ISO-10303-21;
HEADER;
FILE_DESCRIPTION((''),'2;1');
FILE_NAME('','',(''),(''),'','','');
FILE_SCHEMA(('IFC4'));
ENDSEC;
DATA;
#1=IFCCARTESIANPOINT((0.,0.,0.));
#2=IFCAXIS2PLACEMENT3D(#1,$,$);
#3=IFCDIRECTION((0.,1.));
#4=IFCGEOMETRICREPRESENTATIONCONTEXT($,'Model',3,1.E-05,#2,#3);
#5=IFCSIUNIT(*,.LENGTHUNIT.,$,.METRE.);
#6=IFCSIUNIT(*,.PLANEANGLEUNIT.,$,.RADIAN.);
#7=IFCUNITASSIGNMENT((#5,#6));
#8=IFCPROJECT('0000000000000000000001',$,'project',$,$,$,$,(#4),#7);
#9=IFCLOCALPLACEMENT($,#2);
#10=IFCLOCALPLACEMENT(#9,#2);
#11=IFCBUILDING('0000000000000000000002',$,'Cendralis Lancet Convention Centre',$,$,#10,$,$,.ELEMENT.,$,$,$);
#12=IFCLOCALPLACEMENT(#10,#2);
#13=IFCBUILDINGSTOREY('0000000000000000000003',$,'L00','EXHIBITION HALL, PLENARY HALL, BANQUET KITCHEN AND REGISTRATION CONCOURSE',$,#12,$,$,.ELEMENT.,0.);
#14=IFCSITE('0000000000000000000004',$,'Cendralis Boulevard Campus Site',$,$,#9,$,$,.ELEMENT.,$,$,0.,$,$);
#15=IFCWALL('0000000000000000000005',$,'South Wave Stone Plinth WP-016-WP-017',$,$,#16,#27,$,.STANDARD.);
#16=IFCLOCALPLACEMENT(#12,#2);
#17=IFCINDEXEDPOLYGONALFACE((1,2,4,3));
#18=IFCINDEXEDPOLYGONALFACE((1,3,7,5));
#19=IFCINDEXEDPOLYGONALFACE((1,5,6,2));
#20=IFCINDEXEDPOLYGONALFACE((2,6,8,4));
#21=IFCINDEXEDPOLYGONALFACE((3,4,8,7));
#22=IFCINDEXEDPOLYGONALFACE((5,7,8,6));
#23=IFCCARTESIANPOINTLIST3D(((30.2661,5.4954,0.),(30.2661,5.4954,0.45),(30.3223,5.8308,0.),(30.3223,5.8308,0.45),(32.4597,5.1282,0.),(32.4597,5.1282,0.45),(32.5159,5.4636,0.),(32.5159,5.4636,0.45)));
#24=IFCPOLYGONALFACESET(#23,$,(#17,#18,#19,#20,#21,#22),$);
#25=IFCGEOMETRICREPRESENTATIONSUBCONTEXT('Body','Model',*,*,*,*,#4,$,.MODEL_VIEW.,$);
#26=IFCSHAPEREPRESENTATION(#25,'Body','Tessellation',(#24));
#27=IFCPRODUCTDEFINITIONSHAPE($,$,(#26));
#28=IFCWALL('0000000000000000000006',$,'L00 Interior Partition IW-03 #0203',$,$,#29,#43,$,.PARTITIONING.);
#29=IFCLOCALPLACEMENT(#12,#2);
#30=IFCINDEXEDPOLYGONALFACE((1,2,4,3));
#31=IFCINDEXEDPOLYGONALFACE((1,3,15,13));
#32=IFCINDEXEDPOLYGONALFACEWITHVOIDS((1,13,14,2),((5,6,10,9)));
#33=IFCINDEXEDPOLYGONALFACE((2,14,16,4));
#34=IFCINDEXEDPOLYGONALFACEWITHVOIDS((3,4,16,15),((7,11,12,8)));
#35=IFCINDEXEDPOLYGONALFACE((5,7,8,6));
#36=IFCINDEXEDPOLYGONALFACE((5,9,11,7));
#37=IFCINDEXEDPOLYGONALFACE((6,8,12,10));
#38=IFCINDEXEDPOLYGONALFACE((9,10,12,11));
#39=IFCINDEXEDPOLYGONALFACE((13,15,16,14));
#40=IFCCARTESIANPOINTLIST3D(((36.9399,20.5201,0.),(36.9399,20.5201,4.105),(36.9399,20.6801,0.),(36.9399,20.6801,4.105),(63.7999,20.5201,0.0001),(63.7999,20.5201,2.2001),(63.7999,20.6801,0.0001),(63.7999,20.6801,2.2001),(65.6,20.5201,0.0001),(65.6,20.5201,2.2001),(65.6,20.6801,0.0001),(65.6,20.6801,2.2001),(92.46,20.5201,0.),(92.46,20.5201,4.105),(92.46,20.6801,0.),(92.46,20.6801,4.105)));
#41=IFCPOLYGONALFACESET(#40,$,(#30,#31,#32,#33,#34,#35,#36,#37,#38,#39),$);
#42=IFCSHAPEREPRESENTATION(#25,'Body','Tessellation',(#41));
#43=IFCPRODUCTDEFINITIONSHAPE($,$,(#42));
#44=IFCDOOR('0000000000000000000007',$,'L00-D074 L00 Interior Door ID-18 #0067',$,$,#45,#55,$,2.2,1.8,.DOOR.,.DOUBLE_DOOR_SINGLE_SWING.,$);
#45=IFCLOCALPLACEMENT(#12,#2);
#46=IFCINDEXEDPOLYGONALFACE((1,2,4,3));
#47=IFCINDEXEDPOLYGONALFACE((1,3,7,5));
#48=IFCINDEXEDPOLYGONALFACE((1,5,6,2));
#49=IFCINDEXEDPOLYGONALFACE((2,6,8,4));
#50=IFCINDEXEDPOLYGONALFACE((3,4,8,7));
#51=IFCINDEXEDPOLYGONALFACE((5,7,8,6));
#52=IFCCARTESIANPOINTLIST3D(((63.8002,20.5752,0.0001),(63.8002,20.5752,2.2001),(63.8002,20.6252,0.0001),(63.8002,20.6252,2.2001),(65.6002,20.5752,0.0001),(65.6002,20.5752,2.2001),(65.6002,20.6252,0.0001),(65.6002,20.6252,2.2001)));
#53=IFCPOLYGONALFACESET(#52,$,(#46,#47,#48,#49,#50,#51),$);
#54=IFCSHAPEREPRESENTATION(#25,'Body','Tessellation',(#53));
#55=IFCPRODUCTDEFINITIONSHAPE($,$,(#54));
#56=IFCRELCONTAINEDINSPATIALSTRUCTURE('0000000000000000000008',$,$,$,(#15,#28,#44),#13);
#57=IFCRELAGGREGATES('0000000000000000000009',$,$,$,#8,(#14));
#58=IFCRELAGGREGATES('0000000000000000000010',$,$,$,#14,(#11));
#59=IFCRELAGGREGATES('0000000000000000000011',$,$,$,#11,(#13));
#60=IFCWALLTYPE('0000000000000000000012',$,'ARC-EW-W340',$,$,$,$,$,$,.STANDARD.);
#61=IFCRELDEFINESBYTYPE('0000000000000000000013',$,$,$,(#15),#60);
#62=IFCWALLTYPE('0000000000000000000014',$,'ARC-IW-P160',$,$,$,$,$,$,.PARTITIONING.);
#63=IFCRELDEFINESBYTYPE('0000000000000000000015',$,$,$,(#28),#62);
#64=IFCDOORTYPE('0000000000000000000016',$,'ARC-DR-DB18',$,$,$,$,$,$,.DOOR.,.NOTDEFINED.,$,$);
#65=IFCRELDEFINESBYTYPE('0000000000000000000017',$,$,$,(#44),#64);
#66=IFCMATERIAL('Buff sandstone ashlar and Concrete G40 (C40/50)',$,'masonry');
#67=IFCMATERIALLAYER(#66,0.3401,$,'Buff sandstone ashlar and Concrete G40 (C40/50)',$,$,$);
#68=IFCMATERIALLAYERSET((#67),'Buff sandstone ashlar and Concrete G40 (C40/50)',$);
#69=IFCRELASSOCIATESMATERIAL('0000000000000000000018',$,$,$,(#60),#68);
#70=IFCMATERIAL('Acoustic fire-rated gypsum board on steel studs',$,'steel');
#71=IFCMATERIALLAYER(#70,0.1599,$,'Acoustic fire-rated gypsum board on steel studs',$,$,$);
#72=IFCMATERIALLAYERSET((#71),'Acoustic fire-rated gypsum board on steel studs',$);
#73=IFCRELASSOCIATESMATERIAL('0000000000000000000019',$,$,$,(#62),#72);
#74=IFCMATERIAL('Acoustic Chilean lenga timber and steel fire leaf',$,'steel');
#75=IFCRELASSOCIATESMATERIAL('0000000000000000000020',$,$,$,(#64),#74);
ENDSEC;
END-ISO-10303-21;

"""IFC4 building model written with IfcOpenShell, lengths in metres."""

from ifc_helpers import new_model, si_unit, direction, frame, frame_2d, origin, place, context, subcontext, project, spatial, rectangle, extrude, material, layer, layer_set, type_object, element, fill, save


model = new_model("IFC4")

# Units and contexts
model_context = context("Model", 3, precision=1e-05, world=origin(), true_north=direction((0.0, 1.0)))
body_context = subcontext(model_context, "Body", "Model", "MODEL_VIEW")
ifc_project = project(units=[si_unit("LENGTHUNIT", "METRE"), si_unit("PLANEANGLEUNIT", "RADIAN")], contexts=[model_context])

# Site, building, storey
site_placement = place(None, origin())
site = spatial("IfcSite", under=ifc_project, at=site_placement, Name="Cendralis Boulevard Campus Site", CompositionType="ELEMENT", RefElevation=0.0)
building_placement = place(site_placement, origin())
building = spatial("IfcBuilding", under=site, at=building_placement, Name="Cendralis Lancet Convention Centre", CompositionType="ELEMENT")
storey_placement = place(building_placement, origin())
storey = spatial("IfcBuildingStorey", under=building, at=storey_placement, Name="L00", Description="EXHIBITION HALL, PLENARY HALL, BANQUET KITCHEN AND REGISTRATION CONCOURSE", CompositionType="ELEMENT", Elevation=0.0)

# Wall
ifc_material_1 = material(Name="Buff sandstone ashlar and Concrete G40 (C40/50)", Category="masonry")
ifc_layer_1 = layer(ifc_material_1, 0.3401, Name="Buff sandstone ashlar and Concrete G40 (C40/50)")
ifc_layer_set_1 = layer_set([ifc_layer_1], Name="Buff sandstone ashlar and Concrete G40 (C40/50)")
wall_type_1 = type_object("IfcWallType", Name="ARC-EW-W340", PredefinedType="STANDARD", material=ifc_layer_set_1)
wall_1_placement = place(storey_placement, frame((30.2942, 5.6631, 0.0), z_axis=(0.0, 0.0, 1.0), x_axis=(0.986278, -0.165093, 0.0)))
element("IfcWall", 1, at=wall_1_placement, inside=storey, type_object=wall_type_1, Name="South Wave Stone Plinth WP-016-WP-017", PredefinedType="STANDARD", context=body_context, shape_type="SweptSolid", body=[
    extrude(rectangle(XDim=2.2241, YDim=0.3401, at=frame_2d((1.1121, 0.0))), origin(), (0.0, 0.0, 1.0), 0.45),
])

# Wall, opening, door
ifc_material_2 = material(Name="Acoustic fire-rated gypsum board on steel studs", Category="steel")
ifc_layer_2 = layer(ifc_material_2, 0.1599, Name="Acoustic fire-rated gypsum board on steel studs")
ifc_layer_set_2 = layer_set([ifc_layer_2], Name="Acoustic fire-rated gypsum board on steel studs")
wall_type_2 = type_object("IfcWallType", Name="ARC-IW-P160", PredefinedType="PARTITIONING", material=ifc_layer_set_2)
wall_2_placement = place(storey_placement, frame((36.9399, 20.6001, 0.0), z_axis=(0.0, 0.0, 1.0), x_axis=(1.0, 0.0, 0.0)))
wall_2 = element("IfcWall", 2, at=wall_2_placement, inside=storey, type_object=wall_type_2, Name="L00 Interior Partition IW-03 #0203", PredefinedType="PARTITIONING", context=body_context, shape_type="SweptSolid", body=[
    extrude(rectangle(XDim=55.52, YDim=0.1599, at=frame_2d((27.76, 0.0))), origin(), (0.0, 0.0, 1.0), 4.105),
])
opening_placement = place(wall_2_placement, frame((26.8601, 0.0, 0.0)))
opening = element("IfcOpeningElement", 3, at=opening_placement, cuts=wall_2, PredefinedType="OPENING", context=body_context, shape_type="SweptSolid", body=[
    extrude(rectangle(XDim=1.8, YDim=2.2, at=frame_2d((0.8999, 1.1001))), frame((0.0, 0.0898, 0.0), z_axis=(0.0, -1.0, 0.0), x_axis=(1.0, 0.0, 0.0)), (0.0, 0.0, 1.0), 0.1799),
])
ifc_material_3 = material(Name="Acoustic Chilean lenga timber and steel fire leaf", Category="steel")
door_type = type_object("IfcDoorType", Name="ARC-DR-DB18", OperationType="NOTDEFINED", PredefinedType="DOOR", material=ifc_material_3)
door_placement = place(opening_placement, frame((1.8, 0.0, 0.0), z_axis=(0.0, 0.0, 1.0), x_axis=(-1.0, 0.0, 0.0)))
door = element("IfcDoor", 4, at=door_placement, inside=storey, type_object=door_type, Name="L00-D074 L00 Interior Door ID-18 #0067", OperationType="DOUBLE_DOOR_SINGLE_SWING", OverallHeight=2.2, OverallWidth=1.8, PredefinedType="DOOR", context=body_context, shape_type="SweptSolid", body=[
    extrude(rectangle(XDim=1.8, YDim=2.2, at=frame_2d((0.8999, 1.1001))), frame((0.0, 0.0249, 0.0), z_axis=(0.0, -1.0, 0.0), x_axis=(1.0, 0.0, 0.0)), (0.0, 0.0, 1.0), 0.05),
])
fill(opening, door)

save(model, "model.ifc")
